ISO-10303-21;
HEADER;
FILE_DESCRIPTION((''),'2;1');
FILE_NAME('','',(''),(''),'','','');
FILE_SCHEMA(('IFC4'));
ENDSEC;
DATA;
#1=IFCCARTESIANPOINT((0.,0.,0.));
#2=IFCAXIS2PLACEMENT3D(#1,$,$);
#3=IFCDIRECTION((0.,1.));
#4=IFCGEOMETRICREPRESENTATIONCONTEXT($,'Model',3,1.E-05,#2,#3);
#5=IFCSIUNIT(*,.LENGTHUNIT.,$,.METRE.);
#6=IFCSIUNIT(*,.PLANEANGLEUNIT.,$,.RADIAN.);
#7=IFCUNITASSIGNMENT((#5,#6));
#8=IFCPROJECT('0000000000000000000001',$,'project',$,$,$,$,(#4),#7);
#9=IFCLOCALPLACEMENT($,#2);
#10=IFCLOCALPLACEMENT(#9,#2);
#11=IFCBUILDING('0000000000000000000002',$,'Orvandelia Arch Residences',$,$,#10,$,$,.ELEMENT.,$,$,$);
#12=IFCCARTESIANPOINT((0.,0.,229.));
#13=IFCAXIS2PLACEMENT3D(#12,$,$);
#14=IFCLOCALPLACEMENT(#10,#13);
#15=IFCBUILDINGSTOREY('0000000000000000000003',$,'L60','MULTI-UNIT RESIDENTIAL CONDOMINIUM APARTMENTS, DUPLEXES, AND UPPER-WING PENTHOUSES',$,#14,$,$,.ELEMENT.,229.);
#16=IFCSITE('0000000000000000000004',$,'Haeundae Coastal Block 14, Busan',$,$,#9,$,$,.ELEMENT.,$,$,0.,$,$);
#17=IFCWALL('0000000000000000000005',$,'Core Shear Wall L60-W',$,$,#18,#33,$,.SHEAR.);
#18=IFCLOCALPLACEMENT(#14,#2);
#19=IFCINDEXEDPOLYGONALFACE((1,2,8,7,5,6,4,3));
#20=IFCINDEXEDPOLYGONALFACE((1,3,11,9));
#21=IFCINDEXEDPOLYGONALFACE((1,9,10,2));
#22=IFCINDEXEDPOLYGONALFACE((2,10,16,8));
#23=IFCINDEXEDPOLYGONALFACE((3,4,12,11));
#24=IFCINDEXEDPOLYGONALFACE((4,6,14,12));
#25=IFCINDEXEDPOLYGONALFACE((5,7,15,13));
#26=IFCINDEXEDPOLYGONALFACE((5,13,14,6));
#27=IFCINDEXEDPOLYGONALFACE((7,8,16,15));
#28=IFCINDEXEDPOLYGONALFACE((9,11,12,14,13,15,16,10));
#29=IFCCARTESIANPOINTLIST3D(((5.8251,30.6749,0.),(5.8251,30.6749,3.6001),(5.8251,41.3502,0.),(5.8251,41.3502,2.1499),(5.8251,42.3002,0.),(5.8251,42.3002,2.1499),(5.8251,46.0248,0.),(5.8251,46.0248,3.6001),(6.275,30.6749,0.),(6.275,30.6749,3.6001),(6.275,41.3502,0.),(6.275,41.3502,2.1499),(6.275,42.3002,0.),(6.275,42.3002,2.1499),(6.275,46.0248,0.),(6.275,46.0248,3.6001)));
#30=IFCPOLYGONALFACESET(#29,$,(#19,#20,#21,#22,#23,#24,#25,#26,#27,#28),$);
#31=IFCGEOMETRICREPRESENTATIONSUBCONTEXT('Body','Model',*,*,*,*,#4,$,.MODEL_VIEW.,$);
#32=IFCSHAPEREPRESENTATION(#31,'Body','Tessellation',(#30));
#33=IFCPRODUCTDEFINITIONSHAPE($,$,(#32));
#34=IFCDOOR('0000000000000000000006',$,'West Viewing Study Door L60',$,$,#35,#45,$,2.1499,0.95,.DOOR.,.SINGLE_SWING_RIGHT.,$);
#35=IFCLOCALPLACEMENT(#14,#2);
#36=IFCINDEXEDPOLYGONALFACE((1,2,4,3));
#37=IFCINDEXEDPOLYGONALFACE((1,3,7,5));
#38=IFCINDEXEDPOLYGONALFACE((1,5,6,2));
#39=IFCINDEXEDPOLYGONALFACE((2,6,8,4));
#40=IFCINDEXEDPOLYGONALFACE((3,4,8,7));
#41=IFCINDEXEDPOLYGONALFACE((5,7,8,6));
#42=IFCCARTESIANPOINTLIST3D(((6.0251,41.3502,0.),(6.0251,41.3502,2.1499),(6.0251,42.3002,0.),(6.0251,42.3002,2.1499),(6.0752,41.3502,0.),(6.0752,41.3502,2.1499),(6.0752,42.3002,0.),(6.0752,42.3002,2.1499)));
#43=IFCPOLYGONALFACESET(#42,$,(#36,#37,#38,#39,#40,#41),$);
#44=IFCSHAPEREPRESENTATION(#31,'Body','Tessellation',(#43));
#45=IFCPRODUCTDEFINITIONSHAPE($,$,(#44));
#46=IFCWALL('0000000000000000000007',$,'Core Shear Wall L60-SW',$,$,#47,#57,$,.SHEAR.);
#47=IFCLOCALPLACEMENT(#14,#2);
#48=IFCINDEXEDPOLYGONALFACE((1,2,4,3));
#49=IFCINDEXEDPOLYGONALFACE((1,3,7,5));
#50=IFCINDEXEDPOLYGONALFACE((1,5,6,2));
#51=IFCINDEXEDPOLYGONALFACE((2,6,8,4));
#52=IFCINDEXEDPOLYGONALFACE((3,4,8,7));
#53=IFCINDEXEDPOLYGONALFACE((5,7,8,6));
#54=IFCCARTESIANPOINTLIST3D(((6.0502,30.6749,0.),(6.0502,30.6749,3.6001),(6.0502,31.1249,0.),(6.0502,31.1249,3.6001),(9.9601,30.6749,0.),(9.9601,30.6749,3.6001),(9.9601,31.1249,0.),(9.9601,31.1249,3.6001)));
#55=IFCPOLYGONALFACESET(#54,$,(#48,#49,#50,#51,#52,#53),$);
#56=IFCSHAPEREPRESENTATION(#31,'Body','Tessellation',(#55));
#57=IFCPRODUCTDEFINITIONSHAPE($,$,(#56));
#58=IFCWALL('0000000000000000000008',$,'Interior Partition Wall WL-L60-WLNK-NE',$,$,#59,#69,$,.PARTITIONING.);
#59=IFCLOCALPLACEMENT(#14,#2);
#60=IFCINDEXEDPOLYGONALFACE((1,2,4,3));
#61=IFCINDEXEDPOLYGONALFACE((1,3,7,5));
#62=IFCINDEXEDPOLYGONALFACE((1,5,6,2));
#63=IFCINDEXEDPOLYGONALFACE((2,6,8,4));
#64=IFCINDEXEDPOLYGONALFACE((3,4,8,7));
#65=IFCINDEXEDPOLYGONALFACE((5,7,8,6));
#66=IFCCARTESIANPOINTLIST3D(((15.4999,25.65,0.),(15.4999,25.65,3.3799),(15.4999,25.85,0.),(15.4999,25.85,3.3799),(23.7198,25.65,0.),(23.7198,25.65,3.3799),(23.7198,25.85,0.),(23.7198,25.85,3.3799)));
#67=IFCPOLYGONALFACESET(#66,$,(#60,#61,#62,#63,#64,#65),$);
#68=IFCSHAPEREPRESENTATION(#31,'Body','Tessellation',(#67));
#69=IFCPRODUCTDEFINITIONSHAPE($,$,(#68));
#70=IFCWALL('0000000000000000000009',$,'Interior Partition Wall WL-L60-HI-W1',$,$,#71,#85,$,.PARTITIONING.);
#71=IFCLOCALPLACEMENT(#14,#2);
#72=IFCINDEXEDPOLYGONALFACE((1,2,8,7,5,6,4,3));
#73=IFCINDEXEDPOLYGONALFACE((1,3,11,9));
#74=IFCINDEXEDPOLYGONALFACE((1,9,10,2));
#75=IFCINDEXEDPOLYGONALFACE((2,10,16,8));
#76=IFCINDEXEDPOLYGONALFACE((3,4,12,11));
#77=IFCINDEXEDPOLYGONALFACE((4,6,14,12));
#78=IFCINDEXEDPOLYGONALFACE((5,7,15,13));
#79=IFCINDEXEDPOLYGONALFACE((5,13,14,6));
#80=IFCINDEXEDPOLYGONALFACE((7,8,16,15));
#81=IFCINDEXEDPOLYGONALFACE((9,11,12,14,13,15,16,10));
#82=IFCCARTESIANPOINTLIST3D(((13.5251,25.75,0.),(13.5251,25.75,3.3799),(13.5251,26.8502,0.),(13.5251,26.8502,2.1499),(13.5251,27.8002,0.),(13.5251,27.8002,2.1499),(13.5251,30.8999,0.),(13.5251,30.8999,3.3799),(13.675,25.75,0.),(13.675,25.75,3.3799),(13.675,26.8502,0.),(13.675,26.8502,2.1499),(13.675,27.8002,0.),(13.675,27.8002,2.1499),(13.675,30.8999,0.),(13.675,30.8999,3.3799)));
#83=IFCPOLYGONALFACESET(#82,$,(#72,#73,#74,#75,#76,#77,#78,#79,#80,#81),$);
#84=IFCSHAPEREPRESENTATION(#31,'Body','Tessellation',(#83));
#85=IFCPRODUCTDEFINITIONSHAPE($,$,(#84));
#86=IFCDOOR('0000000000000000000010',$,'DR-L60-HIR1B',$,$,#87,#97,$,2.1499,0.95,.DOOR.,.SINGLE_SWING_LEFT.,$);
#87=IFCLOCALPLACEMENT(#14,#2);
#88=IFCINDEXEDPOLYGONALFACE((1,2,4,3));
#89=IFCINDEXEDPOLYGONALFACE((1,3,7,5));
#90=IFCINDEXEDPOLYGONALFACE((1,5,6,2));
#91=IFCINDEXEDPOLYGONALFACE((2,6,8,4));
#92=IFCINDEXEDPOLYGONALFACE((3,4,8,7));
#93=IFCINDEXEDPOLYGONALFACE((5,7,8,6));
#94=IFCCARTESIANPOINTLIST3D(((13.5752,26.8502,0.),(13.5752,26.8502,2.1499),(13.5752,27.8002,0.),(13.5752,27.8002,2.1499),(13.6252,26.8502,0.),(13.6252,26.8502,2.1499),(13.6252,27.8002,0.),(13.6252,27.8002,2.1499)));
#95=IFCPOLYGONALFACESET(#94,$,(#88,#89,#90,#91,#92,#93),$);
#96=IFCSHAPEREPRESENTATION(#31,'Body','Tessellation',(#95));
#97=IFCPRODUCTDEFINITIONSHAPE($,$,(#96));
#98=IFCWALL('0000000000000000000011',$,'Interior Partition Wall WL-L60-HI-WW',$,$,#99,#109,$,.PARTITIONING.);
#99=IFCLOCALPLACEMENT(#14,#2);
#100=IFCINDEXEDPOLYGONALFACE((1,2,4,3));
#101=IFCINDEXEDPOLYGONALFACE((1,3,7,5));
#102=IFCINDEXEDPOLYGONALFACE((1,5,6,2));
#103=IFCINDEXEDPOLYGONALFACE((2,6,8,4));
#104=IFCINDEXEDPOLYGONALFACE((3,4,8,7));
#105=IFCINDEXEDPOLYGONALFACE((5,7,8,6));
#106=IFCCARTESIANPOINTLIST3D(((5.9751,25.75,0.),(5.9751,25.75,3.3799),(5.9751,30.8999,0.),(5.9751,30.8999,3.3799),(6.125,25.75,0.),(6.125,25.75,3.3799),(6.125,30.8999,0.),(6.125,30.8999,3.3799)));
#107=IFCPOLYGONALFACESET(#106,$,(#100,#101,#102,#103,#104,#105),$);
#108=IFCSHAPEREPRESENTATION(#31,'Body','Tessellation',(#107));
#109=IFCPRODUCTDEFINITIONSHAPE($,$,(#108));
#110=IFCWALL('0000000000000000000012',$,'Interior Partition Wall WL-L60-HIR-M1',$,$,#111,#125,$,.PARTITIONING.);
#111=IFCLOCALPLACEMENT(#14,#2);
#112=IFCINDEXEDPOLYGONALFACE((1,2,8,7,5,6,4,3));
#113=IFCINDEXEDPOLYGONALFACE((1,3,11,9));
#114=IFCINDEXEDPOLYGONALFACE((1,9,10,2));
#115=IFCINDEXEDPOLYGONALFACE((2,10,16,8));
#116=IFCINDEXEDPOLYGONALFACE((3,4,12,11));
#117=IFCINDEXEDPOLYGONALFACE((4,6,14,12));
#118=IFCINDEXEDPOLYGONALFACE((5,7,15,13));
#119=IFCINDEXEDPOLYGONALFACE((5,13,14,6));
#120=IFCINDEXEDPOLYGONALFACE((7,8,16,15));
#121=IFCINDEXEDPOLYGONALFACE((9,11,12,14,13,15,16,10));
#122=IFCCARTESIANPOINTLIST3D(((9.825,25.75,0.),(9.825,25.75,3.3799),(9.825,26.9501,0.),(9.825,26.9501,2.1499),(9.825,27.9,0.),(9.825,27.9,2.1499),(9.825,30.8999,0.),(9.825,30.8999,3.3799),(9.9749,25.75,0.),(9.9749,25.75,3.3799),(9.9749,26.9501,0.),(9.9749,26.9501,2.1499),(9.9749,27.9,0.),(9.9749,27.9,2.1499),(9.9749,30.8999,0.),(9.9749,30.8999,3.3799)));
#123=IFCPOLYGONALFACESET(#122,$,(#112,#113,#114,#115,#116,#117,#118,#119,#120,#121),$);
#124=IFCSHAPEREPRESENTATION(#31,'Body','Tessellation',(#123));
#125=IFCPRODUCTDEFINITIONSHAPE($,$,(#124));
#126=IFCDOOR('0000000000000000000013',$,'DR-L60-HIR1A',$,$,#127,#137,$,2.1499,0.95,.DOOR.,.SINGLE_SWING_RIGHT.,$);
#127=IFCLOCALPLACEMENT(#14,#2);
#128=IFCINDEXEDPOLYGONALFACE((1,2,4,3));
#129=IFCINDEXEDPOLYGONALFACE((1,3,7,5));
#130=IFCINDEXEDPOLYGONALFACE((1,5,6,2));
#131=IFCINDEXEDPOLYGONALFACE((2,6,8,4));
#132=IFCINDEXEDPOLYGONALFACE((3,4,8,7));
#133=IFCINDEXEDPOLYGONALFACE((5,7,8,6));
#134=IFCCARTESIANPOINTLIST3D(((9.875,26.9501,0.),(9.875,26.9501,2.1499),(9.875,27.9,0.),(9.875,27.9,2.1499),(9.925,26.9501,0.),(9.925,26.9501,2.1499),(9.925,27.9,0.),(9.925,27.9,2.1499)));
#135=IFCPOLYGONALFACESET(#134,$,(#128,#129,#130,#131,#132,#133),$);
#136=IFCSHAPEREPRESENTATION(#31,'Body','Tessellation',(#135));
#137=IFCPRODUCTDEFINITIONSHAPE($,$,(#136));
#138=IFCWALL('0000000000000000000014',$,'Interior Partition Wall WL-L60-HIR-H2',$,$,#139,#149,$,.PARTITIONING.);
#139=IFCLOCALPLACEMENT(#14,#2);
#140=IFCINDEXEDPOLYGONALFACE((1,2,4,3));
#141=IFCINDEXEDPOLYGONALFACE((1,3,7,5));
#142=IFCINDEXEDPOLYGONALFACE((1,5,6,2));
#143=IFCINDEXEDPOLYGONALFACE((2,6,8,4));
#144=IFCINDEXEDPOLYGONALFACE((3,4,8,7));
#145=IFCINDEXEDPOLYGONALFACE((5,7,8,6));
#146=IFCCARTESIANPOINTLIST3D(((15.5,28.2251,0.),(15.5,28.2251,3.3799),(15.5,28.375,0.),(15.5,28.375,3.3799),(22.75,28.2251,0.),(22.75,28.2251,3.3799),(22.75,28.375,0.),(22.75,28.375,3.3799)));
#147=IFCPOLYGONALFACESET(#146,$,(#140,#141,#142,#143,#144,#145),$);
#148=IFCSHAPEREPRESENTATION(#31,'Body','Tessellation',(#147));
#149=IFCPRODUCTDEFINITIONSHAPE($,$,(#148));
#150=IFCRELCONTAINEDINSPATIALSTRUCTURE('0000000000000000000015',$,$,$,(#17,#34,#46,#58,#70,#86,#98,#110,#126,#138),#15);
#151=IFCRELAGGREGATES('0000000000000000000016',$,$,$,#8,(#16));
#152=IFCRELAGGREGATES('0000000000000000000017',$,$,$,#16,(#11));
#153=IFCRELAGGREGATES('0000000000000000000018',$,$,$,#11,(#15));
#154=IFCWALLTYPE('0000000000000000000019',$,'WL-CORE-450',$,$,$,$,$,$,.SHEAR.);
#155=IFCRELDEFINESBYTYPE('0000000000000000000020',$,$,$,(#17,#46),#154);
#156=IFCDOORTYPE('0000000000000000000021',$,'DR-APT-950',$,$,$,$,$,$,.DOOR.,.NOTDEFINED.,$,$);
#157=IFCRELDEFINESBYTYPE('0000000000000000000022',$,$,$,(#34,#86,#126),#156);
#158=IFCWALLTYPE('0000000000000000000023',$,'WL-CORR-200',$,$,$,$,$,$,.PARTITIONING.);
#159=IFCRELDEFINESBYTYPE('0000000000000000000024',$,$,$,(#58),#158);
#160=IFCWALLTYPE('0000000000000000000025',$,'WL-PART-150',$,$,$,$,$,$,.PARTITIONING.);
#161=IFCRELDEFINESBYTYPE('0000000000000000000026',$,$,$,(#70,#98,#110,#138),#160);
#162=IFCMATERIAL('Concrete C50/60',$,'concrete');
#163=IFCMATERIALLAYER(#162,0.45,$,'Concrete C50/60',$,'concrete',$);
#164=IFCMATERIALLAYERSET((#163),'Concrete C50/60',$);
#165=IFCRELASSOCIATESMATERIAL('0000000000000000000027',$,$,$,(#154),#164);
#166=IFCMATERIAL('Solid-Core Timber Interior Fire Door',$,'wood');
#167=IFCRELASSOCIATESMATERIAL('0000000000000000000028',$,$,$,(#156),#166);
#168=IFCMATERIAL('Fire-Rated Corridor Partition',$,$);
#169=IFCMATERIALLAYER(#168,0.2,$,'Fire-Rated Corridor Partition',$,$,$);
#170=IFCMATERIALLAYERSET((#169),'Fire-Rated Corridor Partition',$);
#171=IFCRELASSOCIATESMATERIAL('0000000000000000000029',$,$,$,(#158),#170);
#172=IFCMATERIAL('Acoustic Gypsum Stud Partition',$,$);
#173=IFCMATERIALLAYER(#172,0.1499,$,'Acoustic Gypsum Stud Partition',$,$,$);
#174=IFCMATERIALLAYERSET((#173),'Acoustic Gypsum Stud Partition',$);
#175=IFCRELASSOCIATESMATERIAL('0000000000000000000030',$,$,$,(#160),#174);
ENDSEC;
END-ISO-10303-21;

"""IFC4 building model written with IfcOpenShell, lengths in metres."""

from ifc_helpers import new_model, si_unit, direction, frame, frame_2d, origin, place, context, subcontext, project, spatial, rectangle, extrude, material, layer, layer_set, type_object, element, fill, save


model = new_model("IFC4")

# Units and contexts
model_context = context("Model", 3, precision=1e-05, world=origin(), true_north=direction((0.0, 1.0)))
body_context = subcontext(model_context, "Body", "Model", "MODEL_VIEW")
ifc_project = project(units=[si_unit("LENGTHUNIT", "METRE"), si_unit("PLANEANGLEUNIT", "RADIAN")], contexts=[model_context])

# Site, building, storey
site_placement = place(None, origin())
site = spatial("IfcSite", under=ifc_project, at=site_placement, Name="Haeundae Coastal Block 14, Busan", CompositionType="ELEMENT", RefElevation=0.0)
building_placement = place(site_placement, origin())
building = spatial("IfcBuilding", under=site, at=building_placement, Name="Orvandelia Arch Residences", CompositionType="ELEMENT")
storey_placement = place(building_placement, frame((0.0, 0.0, 229.0)))
storey = spatial("IfcBuildingStorey", under=building, at=storey_placement, Name="L60", Description="MULTI-UNIT RESIDENTIAL CONDOMINIUM APARTMENTS, DUPLEXES, AND UPPER-WING PENTHOUSES", CompositionType="ELEMENT", Elevation=229.0)

# Wall, opening, door
ifc_material_1 = material(Name="Concrete C50/60", Category="concrete")
ifc_layer_1 = layer(ifc_material_1, 0.45, Name="Concrete C50/60", Category="concrete")
ifc_layer_set_1 = layer_set([ifc_layer_1], Name="Concrete C50/60")
wall_type_1 = type_object("IfcWallType", Name="WL-CORE-450", PredefinedType="SHEAR", material=ifc_layer_set_1)
wall_1_placement = place(storey_placement, frame((6.05, 30.675, 0.0), z_axis=(0.0, 0.0, 1.0), x_axis=(0.0, 1.0, 0.0)))
wall_1 = element("IfcWall", 1, at=wall_1_placement, inside=storey, type_object=wall_type_1, Name="Core Shear Wall L60-W", PredefinedType="SHEAR", context=body_context, shape_type="SweptSolid", body=[
    extrude(rectangle(XDim=15.3499, YDim=0.45, at=frame_2d((7.6748, 0.0))), origin(), (0.0, 0.0, 1.0), 3.6001),
])
opening_1_placement = place(wall_1_placement, frame((10.675, 0.0, 0.0)))
opening_1 = element("IfcOpeningElement", 2, at=opening_1_placement, cuts=wall_1, PredefinedType="OPENING", context=body_context, shape_type="SweptSolid", body=[
    extrude(rectangle(XDim=0.95, YDim=2.1499, at=frame_2d((0.4751, 1.075))), frame((0.0, 0.2349, 0.0), z_axis=(0.0, -1.0, 0.0), x_axis=(1.0, 0.0, 0.0)), (0.0, 0.0, 1.0), 0.47),
])
ifc_material_2 = material(Name="Solid-Core Timber Interior Fire Door", Category="wood")
door_type_1 = type_object("IfcDoorType", Name="DR-APT-950", OperationType="NOTDEFINED", PredefinedType="DOOR", material=ifc_material_2)
door_1_placement = place(opening_1_placement, origin())
door_1 = element("IfcDoor", 3, at=door_1_placement, inside=storey, type_object=door_type_1, Name="West Viewing Study Door L60", OperationType="SINGLE_SWING_RIGHT", OverallHeight=2.1499, OverallWidth=0.95, PredefinedType="DOOR", context=body_context, shape_type="SweptSolid", body=[
    extrude(rectangle(XDim=0.95, YDim=2.1499, at=frame_2d((0.4751, 1.075))), frame((0.0, 0.0249, 0.0), z_axis=(0.0, -1.0, 0.0), x_axis=(1.0, 0.0, 0.0)), (0.0, 0.0, 1.0), 0.05),
])
fill(opening_1, door_1)

# Walls
wall_2_placement = place(storey_placement, frame((6.05, 30.8999, 0.0), z_axis=(0.0, 0.0, 1.0), x_axis=(1.0, 0.0, 0.0)))
element("IfcWall", 4, at=wall_2_placement, inside=storey, type_object=wall_type_1, Name="Core Shear Wall L60-SW", PredefinedType="SHEAR", context=body_context, shape_type="SweptSolid", body=[
    extrude(rectangle(XDim=3.9099, YDim=0.45, at=frame_2d((1.9551, 0.0))), origin(), (0.0, 0.0, 1.0), 3.6001),
])
ifc_material_3 = material(Name="Fire-Rated Corridor Partition")
ifc_layer_2 = layer(ifc_material_3, 0.2, Name="Fire-Rated Corridor Partition")
ifc_layer_set_2 = layer_set([ifc_layer_2], Name="Fire-Rated Corridor Partition")
wall_type_2 = type_object("IfcWallType", Name="WL-CORR-200", PredefinedType="PARTITIONING", material=ifc_layer_set_2)
wall_3_placement = place(storey_placement, frame((15.5, 25.75, 0.0), z_axis=(0.0, 0.0, 1.0), x_axis=(1.0, 0.0, 0.0)))
element("IfcWall", 5, at=wall_3_placement, inside=storey, type_object=wall_type_2, Name="Interior Partition Wall WL-L60-WLNK-NE", PredefinedType="PARTITIONING", context=body_context, shape_type="SweptSolid", body=[
    extrude(rectangle(XDim=8.22, YDim=0.2, at=frame_2d((4.1099, 0.0))), origin(), (0.0, 0.0, 1.0), 3.3799),
])

# Wall, opening, door
ifc_material_4 = material(Name="Acoustic Gypsum Stud Partition")
ifc_layer_3 = layer(ifc_material_4, 0.1499, Name="Acoustic Gypsum Stud Partition")
ifc_layer_set_3 = layer_set([ifc_layer_3], Name="Acoustic Gypsum Stud Partition")
wall_type_3 = type_object("IfcWallType", Name="WL-PART-150", PredefinedType="PARTITIONING", material=ifc_layer_set_3)
wall_4_placement = place(storey_placement, frame((13.6001, 25.75, 0.0), z_axis=(0.0, 0.0, 1.0), x_axis=(0.0, 1.0, 0.0)))
wall_4 = element("IfcWall", 6, at=wall_4_placement, inside=storey, type_object=wall_type_3, Name="Interior Partition Wall WL-L60-HI-W1", PredefinedType="PARTITIONING", context=body_context, shape_type="SweptSolid", body=[
    extrude(rectangle(XDim=5.1499, YDim=0.1499, at=frame_2d((2.575, 0.0))), origin(), (0.0, 0.0, 1.0), 3.3799),
])
opening_2_placement = place(wall_4_placement, frame((1.1001, 0.0, 0.0)))
opening_2 = element("IfcOpeningElement", 7, at=opening_2_placement, cuts=wall_4, PredefinedType="OPENING", context=body_context, shape_type="SweptSolid", body=[
    extrude(rectangle(XDim=0.95, YDim=2.1499, at=frame_2d((0.4751, 1.075))), frame((0.0, 0.085, 0.0), z_axis=(0.0, -1.0, 0.0), x_axis=(1.0, 0.0, 0.0)), (0.0, 0.0, 1.0), 0.1699),
])
door_2_placement = place(opening_2_placement, origin())
door_2 = element("IfcDoor", 8, at=door_2_placement, inside=storey, type_object=door_type_1, Name="DR-L60-HIR1B", OperationType="SINGLE_SWING_LEFT", OverallHeight=2.1499, OverallWidth=0.95, PredefinedType="DOOR", context=body_context, shape_type="SweptSolid", body=[
    extrude(rectangle(XDim=0.95, YDim=2.1499, at=frame_2d((0.4751, 1.075))), frame((0.0, 0.0249, 0.0), z_axis=(0.0, -1.0, 0.0), x_axis=(1.0, 0.0, 0.0)), (0.0, 0.0, 1.0), 0.05),
])
fill(opening_2, door_2)

# Wall
wall_5_placement = place(storey_placement, frame((6.05, 25.75, 0.0), z_axis=(0.0, 0.0, 1.0), x_axis=(0.0, 1.0, 0.0)))
element("IfcWall", 9, at=wall_5_placement, inside=storey, type_object=wall_type_3, Name="Interior Partition Wall WL-L60-HI-WW", PredefinedType="PARTITIONING", context=body_context, shape_type="SweptSolid", body=[
    extrude(rectangle(XDim=5.1499, YDim=0.1499, at=frame_2d((2.575, 0.0))), origin(), (0.0, 0.0, 1.0), 3.3799),
])

# Wall, opening, door
wall_6_placement = place(storey_placement, frame((9.8999, 25.75, 0.0), z_axis=(0.0, 0.0, 1.0), x_axis=(0.0, 1.0, 0.0)))
wall_6 = element("IfcWall", 10, at=wall_6_placement, inside=storey, type_object=wall_type_3, Name="Interior Partition Wall WL-L60-HIR-M1", PredefinedType="PARTITIONING", context=body_context, shape_type="SweptSolid", body=[
    extrude(rectangle(XDim=5.1499, YDim=0.1499, at=frame_2d((2.575, 0.0))), origin(), (0.0, 0.0, 1.0), 3.3799),
])
opening_3_placement = place(wall_6_placement, frame((1.2, 0.0, 0.0)))
opening_3 = element("IfcOpeningElement", 11, at=opening_3_placement, cuts=wall_6, PredefinedType="OPENING", context=body_context, shape_type="SweptSolid", body=[
    extrude(rectangle(XDim=0.95, YDim=2.1499, at=frame_2d((0.4751, 1.075))), frame((0.0, 0.085, 0.0), z_axis=(0.0, -1.0, 0.0), x_axis=(1.0, 0.0, 0.0)), (0.0, 0.0, 1.0), 0.1699),
])
door_3_placement = place(opening_3_placement, origin())
door_3 = element("IfcDoor", 12, at=door_3_placement, inside=storey, type_object=door_type_1, Name="DR-L60-HIR1A", OperationType="SINGLE_SWING_RIGHT", OverallHeight=2.1499, OverallWidth=0.95, PredefinedType="DOOR", context=body_context, shape_type="SweptSolid", body=[
    extrude(rectangle(XDim=0.95, YDim=2.1499, at=frame_2d((0.4751, 1.075))), frame((0.0, 0.0249, 0.0), z_axis=(0.0, -1.0, 0.0), x_axis=(1.0, 0.0, 0.0)), (0.0, 0.0, 1.0), 0.05),
])
fill(opening_3, door_3)

# Wall
wall_7_placement = place(storey_placement, frame((15.5, 28.3, 0.0), z_axis=(0.0, 0.0, 1.0), x_axis=(1.0, 0.0, 0.0)))
element("IfcWall", 13, at=wall_7_placement, inside=storey, type_object=wall_type_3, Name="Interior Partition Wall WL-L60-HIR-H2", PredefinedType="PARTITIONING", context=body_context, shape_type="SweptSolid", body=[
    extrude(rectangle(XDim=7.25, YDim=0.1499, at=frame_2d((3.625, 0.0))), origin(), (0.0, 0.0, 1.0), 3.3799),
])

save(model, "model.ifc")
